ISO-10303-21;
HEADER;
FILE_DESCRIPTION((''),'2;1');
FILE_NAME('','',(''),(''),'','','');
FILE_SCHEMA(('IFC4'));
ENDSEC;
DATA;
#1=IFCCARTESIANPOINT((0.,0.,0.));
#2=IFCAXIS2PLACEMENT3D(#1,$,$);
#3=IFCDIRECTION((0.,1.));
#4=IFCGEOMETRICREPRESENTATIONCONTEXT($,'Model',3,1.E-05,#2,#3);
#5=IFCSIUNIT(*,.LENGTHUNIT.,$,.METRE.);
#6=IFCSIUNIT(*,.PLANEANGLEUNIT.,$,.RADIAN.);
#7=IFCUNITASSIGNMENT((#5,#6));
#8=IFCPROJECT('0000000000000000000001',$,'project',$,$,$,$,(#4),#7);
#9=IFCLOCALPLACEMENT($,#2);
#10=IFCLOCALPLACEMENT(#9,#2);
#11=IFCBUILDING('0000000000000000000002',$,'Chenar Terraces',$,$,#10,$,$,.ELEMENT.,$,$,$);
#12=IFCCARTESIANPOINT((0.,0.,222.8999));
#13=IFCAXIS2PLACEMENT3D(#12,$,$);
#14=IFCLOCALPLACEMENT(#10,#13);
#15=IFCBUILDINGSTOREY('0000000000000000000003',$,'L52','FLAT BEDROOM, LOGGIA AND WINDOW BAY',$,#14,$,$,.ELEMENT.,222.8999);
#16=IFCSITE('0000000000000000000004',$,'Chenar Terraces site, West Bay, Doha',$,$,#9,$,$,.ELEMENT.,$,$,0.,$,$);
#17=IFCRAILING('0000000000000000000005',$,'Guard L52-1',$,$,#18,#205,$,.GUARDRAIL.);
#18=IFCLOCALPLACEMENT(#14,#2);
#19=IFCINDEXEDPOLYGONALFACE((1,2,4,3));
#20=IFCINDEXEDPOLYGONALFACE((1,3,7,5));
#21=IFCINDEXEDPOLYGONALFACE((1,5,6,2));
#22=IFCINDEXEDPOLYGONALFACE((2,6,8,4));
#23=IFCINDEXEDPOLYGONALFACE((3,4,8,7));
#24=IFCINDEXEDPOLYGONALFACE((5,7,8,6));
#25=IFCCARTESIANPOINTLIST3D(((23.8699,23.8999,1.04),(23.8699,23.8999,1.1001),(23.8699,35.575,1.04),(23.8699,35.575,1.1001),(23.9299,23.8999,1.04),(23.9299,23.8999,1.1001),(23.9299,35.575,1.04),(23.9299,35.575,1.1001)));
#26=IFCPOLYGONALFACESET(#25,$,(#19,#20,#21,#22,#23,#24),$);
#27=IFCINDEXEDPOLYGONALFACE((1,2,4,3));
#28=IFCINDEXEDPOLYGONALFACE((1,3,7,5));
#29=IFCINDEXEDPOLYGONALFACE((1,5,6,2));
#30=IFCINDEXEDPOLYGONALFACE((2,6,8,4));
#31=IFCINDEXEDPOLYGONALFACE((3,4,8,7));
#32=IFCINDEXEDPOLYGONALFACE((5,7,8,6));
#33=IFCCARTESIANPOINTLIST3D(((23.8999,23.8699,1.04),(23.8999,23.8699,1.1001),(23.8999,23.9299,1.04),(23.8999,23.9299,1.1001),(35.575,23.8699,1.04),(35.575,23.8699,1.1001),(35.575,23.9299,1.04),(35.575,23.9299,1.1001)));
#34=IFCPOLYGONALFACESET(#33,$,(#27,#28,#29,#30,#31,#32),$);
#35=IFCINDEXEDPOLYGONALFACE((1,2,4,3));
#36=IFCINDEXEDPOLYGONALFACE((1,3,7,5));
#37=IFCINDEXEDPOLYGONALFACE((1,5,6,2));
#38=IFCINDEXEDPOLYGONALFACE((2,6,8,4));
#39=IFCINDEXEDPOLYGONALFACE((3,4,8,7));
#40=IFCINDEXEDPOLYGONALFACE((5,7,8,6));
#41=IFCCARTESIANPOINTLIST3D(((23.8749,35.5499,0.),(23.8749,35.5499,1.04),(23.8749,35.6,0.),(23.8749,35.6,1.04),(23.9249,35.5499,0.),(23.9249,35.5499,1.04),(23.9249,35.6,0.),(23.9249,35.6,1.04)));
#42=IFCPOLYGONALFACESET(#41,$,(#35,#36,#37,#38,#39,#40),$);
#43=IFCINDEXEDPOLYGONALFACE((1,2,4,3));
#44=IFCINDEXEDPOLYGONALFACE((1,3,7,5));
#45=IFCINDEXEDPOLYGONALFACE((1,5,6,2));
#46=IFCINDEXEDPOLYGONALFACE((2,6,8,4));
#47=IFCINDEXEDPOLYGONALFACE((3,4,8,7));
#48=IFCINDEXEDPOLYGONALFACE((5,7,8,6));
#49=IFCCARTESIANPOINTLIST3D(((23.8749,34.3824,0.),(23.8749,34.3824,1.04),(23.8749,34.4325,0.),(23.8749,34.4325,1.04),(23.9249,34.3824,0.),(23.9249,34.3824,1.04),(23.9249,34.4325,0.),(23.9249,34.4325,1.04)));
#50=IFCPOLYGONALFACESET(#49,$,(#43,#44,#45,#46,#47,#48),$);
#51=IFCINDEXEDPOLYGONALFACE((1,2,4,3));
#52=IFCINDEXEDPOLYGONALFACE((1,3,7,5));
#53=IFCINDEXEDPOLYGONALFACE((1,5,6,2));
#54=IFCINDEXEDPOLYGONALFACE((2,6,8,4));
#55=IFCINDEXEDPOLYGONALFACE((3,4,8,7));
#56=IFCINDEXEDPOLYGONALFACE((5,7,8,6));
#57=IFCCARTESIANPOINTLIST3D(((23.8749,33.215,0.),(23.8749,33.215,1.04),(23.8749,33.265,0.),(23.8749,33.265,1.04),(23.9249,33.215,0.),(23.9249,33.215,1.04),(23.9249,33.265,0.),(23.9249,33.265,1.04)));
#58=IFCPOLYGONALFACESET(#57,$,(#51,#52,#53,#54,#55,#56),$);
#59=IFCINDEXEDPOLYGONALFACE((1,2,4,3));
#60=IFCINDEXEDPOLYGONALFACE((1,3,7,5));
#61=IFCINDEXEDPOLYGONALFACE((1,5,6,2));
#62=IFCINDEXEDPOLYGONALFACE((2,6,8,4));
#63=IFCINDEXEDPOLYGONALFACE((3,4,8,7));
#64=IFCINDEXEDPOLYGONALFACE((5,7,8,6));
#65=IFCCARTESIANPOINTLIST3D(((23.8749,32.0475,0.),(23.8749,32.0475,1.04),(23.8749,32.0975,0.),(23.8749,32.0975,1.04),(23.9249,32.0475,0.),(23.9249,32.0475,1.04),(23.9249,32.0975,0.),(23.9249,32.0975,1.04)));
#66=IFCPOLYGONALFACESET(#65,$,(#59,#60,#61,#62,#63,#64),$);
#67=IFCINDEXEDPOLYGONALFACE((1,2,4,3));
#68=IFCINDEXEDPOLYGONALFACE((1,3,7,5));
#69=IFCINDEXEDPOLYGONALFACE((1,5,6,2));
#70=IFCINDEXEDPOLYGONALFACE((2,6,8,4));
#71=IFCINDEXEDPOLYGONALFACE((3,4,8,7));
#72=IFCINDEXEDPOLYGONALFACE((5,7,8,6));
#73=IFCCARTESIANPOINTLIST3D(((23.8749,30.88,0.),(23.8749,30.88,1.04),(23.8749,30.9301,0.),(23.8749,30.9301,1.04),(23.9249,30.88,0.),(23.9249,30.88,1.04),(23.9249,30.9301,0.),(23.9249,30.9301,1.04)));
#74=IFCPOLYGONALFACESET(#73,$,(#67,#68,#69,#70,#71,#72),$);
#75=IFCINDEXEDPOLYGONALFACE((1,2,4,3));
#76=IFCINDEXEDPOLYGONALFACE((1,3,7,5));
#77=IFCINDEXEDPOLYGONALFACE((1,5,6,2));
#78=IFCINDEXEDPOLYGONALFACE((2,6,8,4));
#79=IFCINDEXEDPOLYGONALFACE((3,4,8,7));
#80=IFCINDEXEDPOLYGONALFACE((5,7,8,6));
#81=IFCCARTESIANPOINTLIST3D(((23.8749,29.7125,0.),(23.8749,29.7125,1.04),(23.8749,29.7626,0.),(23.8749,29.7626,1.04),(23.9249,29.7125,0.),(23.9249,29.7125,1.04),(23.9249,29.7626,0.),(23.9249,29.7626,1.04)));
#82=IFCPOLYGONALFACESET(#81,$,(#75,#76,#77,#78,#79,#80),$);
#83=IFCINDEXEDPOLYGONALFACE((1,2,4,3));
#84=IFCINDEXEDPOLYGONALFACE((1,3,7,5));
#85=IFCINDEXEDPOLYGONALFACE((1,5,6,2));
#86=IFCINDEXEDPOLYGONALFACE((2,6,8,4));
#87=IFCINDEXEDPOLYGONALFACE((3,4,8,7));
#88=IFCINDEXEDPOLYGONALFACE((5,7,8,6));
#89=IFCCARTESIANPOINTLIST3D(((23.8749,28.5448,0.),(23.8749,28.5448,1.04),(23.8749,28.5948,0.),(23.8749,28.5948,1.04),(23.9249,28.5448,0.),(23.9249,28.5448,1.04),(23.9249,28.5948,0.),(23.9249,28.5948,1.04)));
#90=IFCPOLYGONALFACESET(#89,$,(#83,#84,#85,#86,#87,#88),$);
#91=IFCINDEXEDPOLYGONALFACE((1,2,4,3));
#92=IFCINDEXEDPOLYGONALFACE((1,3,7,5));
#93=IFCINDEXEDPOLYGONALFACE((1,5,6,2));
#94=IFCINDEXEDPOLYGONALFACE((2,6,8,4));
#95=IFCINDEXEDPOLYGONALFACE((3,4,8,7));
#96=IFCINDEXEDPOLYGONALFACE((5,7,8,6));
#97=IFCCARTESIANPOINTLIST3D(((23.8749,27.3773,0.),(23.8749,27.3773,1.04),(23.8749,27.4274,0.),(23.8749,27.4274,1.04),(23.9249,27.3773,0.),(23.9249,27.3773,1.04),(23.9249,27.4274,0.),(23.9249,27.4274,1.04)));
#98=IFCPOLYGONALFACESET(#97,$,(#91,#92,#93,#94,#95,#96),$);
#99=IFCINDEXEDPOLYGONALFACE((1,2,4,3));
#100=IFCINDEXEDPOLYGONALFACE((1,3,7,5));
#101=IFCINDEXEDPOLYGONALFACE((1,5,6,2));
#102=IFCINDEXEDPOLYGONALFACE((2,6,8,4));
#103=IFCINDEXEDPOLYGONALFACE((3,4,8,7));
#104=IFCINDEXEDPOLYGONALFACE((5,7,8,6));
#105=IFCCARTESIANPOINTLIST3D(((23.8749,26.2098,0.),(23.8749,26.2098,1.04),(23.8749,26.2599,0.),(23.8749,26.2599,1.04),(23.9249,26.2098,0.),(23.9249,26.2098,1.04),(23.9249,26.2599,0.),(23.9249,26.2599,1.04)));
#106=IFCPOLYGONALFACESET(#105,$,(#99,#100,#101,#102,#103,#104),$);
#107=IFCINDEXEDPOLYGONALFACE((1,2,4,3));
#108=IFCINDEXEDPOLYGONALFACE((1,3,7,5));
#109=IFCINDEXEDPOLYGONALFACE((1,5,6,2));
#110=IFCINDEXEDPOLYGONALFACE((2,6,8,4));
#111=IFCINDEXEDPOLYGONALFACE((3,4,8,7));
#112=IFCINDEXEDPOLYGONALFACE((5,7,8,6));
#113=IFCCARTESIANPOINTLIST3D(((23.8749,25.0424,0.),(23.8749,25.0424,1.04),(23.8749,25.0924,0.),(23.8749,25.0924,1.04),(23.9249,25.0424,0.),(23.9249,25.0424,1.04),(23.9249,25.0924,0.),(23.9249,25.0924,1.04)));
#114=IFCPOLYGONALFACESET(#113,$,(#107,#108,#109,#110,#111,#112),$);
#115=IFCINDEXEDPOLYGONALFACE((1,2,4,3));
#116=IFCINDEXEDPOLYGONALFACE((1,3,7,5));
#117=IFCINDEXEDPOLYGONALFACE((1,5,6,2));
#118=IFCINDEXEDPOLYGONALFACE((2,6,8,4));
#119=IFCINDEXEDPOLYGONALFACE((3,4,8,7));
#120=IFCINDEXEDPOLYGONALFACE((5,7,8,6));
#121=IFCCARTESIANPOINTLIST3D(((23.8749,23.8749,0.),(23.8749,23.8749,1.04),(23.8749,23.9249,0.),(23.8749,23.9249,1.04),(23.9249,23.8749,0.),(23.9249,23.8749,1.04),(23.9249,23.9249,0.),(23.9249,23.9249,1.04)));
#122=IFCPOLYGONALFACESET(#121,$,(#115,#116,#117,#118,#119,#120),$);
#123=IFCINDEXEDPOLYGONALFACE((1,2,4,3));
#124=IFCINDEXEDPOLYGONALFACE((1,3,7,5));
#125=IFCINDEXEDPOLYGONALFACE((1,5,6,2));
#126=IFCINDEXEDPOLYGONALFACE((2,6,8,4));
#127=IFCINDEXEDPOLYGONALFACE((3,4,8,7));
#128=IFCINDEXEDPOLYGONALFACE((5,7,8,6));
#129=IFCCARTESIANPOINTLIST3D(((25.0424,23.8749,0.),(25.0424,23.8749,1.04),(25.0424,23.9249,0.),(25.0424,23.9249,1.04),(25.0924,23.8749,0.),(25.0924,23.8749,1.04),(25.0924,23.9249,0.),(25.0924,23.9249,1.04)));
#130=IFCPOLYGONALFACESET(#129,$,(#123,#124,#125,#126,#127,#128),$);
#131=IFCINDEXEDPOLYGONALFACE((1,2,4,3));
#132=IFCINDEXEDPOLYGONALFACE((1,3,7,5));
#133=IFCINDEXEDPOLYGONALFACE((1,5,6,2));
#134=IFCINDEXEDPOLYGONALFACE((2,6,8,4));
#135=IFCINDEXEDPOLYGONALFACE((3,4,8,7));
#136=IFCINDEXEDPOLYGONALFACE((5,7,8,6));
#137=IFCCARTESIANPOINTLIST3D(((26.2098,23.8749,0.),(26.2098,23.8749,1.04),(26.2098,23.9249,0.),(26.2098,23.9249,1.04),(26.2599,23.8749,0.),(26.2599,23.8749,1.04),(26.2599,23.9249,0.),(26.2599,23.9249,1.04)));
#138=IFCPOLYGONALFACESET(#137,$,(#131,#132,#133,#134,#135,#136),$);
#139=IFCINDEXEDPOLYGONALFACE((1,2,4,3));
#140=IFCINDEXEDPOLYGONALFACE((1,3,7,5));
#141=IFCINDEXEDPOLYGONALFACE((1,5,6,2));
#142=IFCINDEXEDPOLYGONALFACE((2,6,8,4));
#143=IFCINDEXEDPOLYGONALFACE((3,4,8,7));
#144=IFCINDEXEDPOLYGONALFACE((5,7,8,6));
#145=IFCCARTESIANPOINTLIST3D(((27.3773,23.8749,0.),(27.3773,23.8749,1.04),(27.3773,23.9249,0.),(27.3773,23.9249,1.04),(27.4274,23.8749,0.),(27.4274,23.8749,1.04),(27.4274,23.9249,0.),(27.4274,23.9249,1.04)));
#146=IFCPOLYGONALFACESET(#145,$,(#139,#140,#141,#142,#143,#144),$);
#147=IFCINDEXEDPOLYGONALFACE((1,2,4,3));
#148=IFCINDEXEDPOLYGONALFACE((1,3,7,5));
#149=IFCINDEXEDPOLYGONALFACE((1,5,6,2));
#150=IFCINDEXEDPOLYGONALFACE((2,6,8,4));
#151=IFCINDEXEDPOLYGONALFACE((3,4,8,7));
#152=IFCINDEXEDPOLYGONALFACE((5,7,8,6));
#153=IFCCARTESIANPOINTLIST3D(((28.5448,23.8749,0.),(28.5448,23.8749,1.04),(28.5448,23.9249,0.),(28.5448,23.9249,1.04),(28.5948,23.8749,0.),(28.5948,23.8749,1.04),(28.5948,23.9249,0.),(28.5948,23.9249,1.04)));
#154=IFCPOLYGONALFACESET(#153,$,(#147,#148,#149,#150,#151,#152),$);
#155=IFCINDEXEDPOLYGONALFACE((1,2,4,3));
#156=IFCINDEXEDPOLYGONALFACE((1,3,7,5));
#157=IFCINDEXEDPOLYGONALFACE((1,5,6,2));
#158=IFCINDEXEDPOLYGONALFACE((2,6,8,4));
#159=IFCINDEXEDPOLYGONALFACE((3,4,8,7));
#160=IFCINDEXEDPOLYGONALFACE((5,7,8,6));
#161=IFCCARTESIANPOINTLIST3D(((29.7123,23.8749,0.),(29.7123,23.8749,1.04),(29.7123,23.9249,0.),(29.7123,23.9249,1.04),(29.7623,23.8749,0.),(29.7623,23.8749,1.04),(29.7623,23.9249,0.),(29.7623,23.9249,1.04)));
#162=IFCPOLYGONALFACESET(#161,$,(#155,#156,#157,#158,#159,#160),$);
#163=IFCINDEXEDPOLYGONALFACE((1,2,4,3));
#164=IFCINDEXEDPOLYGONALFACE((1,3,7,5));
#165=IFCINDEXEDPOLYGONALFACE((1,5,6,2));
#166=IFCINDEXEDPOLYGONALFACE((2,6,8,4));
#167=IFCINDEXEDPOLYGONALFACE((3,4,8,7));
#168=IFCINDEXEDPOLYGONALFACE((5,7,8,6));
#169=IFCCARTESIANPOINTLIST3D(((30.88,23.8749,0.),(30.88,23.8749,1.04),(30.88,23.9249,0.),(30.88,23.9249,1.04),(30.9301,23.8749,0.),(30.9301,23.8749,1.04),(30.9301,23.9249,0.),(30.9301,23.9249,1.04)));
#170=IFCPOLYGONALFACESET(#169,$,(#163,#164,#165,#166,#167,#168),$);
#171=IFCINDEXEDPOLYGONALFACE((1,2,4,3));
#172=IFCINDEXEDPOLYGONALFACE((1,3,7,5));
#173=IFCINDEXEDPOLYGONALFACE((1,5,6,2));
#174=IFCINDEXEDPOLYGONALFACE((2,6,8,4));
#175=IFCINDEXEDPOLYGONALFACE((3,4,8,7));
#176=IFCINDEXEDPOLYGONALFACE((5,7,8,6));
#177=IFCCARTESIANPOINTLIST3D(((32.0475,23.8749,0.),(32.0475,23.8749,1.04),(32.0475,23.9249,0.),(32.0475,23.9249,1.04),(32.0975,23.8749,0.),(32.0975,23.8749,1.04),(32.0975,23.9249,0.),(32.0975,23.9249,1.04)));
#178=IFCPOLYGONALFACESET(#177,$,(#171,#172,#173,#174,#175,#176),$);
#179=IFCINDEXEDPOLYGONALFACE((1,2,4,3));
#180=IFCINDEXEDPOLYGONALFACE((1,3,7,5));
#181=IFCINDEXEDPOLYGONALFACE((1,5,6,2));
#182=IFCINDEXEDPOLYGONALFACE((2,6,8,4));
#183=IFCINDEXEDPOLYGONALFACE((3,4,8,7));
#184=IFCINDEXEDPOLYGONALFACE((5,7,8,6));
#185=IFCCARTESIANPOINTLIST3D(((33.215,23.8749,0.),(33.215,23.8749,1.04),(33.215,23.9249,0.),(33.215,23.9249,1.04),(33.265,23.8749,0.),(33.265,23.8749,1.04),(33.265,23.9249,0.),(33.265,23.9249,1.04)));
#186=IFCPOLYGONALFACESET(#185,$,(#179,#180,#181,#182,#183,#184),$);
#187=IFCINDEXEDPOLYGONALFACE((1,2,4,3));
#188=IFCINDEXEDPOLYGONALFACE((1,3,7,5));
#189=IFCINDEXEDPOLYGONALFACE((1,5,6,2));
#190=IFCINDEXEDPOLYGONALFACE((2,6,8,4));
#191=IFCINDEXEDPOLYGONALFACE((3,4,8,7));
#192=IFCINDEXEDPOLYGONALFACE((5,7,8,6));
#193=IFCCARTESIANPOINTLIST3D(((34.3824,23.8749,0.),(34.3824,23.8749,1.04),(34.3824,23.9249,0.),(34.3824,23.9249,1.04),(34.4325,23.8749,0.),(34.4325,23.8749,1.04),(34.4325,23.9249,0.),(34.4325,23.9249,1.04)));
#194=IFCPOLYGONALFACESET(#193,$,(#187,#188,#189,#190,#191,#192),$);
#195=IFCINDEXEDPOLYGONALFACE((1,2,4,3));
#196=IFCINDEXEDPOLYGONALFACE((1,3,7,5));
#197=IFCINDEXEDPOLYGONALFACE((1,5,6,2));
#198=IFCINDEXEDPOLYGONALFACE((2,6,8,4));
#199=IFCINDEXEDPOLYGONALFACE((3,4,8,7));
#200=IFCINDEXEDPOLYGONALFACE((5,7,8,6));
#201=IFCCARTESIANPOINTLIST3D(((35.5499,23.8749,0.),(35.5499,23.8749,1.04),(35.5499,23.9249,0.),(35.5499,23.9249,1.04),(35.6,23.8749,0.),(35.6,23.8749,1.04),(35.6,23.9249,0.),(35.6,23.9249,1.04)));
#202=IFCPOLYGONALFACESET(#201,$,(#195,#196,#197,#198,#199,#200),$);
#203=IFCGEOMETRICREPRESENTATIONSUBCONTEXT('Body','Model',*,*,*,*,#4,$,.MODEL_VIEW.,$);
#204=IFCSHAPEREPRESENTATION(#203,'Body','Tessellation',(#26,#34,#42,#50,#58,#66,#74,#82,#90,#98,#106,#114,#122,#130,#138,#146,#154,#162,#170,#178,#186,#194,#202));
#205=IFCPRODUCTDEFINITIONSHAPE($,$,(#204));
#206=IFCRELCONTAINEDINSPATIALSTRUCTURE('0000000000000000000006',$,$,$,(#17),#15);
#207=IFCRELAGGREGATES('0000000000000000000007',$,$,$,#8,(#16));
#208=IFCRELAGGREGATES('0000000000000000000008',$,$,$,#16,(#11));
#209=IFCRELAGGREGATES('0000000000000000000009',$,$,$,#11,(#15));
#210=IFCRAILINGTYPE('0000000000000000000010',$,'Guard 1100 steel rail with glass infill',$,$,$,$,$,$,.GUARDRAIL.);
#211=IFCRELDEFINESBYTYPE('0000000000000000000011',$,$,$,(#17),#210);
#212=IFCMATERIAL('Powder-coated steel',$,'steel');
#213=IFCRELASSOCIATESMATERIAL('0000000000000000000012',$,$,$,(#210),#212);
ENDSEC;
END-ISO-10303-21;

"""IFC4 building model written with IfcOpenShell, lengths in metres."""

from ifc_helpers import new_model, si_unit, direction, frame, origin, origin_2d, place, context, subcontext, project, spatial, rectangle, extrude, material, type_object, element, save


model = new_model("IFC4")

# Units and contexts
model_context = context("Model", 3, precision=1e-05, world=origin(), true_north=direction((0.0, 1.0)))
body_context = subcontext(model_context, "Body", "Model", "MODEL_VIEW")
ifc_project = project(units=[si_unit("LENGTHUNIT", "METRE"), si_unit("PLANEANGLEUNIT", "RADIAN")], contexts=[model_context])

# Site, building, storey
site_placement = place(None, origin())
site = spatial("IfcSite", under=ifc_project, at=site_placement, Name="Chenar Terraces site, West Bay, Doha", CompositionType="ELEMENT", RefElevation=0.0)
building_placement = place(site_placement, origin())
building = spatial("IfcBuilding", under=site, at=building_placement, Name="Chenar Terraces", CompositionType="ELEMENT")
storey_placement = place(building_placement, frame((0.0, 0.0, 222.8999)))
storey = spatial("IfcBuildingStorey", under=building, at=storey_placement, Name="L52", Description="FLAT BEDROOM, LOGGIA AND WINDOW BAY", CompositionType="ELEMENT", Elevation=222.8999)

# Railing
ifc_material_1 = material(Name="Powder-coated steel", Category="steel")
railing_type = type_object("IfcRailingType", Name="Guard 1100 steel rail with glass infill", PredefinedType="GUARDRAIL", material=ifc_material_1)
railing_placement = place(storey_placement, frame((23.8999, 35.575, 0.0)))
element("IfcRailing", 1, at=railing_placement, inside=storey, type_object=railing_type, Name="Guard L52-1", PredefinedType="GUARDRAIL", context=body_context, shape_type="SweptSolid", body=[
    extrude(rectangle(XDim=0.0601, YDim=0.0601, at=origin_2d()), frame((0.0, 0.0, 1.0701), z_axis=(0.0, -1.0, 0.0), x_axis=(1.0, 0.0, 0.0)), (0.0, 0.0, 1.0), 11.675),
    extrude(rectangle(XDim=0.0601, YDim=0.0601, at=origin_2d()), frame((0.0, -11.675, 1.0701), z_axis=(1.0, 0.0, 0.0), x_axis=(0.0, 1.0, 0.0)), (0.0, 0.0, 1.0), 11.675),
    extrude(rectangle(XDim=0.05, YDim=0.05, at=origin_2d()), origin(), (0.0, 0.0, 1.0), 1.04),
    extrude(rectangle(XDim=0.05, YDim=0.05, at=origin_2d()), frame((0.0, -1.1675, 0.0)), (0.0, 0.0, 1.0), 1.04),
    extrude(rectangle(XDim=0.05, YDim=0.05, at=origin_2d()), frame((0.0, -2.335, 0.0)), (0.0, 0.0, 1.0), 1.04),
    extrude(rectangle(XDim=0.05, YDim=0.05, at=origin_2d()), frame((0.0, -3.5024, 0.0)), (0.0, 0.0, 1.0), 1.04),
    extrude(rectangle(XDim=0.05, YDim=0.05, at=origin_2d()), frame((0.0, -4.6699, 0.0)), (0.0, 0.0, 1.0), 1.04),
    extrude(rectangle(XDim=0.05, YDim=0.05, at=origin_2d()), frame((0.0, -5.8374, 0.0)), (0.0, 0.0, 1.0), 1.04),
    extrude(rectangle(XDim=0.05, YDim=0.05, at=origin_2d()), frame((0.0, -7.0051, 0.0)), (0.0, 0.0, 1.0), 1.04),
    extrude(rectangle(XDim=0.05, YDim=0.05, at=origin_2d()), frame((0.0, -8.1726, 0.0)), (0.0, 0.0, 1.0), 1.04),
    extrude(rectangle(XDim=0.05, YDim=0.05, at=origin_2d()), frame((0.0, -9.3401, 0.0)), (0.0, 0.0, 1.0), 1.04),
    extrude(rectangle(XDim=0.05, YDim=0.05, at=origin_2d()), frame((0.0, -10.5076, 0.0)), (0.0, 0.0, 1.0), 1.04),
    extrude(rectangle(XDim=0.05, YDim=0.05, at=origin_2d()), frame((0.0, -11.675, 0.0)), (0.0, 0.0, 1.0), 1.04),
    extrude(rectangle(XDim=0.05, YDim=0.05, at=origin_2d()), frame((1.1675, -11.675, 0.0)), (0.0, 0.0, 1.0), 1.04),
    extrude(rectangle(XDim=0.05, YDim=0.05, at=origin_2d()), frame((2.335, -11.675, 0.0)), (0.0, 0.0, 1.0), 1.04),
    extrude(rectangle(XDim=0.05, YDim=0.05, at=origin_2d()), frame((3.5024, -11.675, 0.0)), (0.0, 0.0, 1.0), 1.04),
    extrude(rectangle(XDim=0.05, YDim=0.05, at=origin_2d()), frame((4.6699, -11.675, 0.0)), (0.0, 0.0, 1.0), 1.04),
    extrude(rectangle(XDim=0.05, YDim=0.05, at=origin_2d()), frame((5.8374, -11.675, 0.0)), (0.0, 0.0, 1.0), 1.04),
    extrude(rectangle(XDim=0.05, YDim=0.05, at=origin_2d()), frame((7.0051, -11.675, 0.0)), (0.0, 0.0, 1.0), 1.04),
    extrude(rectangle(XDim=0.05, YDim=0.05, at=origin_2d()), frame((8.1726, -11.675, 0.0)), (0.0, 0.0, 1.0), 1.04),
    extrude(rectangle(XDim=0.05, YDim=0.05, at=origin_2d()), frame((9.3401, -11.675, 0.0)), (0.0, 0.0, 1.0), 1.04),
    extrude(rectangle(XDim=0.05, YDim=0.05, at=origin_2d()), frame((10.5076, -11.675, 0.0)), (0.0, 0.0, 1.0), 1.04),
    extrude(rectangle(XDim=0.05, YDim=0.05, at=origin_2d()), frame((11.675, -11.675, 0.0)), (0.0, 0.0, 1.0), 1.04),
])

save(model, "model.ifc")
